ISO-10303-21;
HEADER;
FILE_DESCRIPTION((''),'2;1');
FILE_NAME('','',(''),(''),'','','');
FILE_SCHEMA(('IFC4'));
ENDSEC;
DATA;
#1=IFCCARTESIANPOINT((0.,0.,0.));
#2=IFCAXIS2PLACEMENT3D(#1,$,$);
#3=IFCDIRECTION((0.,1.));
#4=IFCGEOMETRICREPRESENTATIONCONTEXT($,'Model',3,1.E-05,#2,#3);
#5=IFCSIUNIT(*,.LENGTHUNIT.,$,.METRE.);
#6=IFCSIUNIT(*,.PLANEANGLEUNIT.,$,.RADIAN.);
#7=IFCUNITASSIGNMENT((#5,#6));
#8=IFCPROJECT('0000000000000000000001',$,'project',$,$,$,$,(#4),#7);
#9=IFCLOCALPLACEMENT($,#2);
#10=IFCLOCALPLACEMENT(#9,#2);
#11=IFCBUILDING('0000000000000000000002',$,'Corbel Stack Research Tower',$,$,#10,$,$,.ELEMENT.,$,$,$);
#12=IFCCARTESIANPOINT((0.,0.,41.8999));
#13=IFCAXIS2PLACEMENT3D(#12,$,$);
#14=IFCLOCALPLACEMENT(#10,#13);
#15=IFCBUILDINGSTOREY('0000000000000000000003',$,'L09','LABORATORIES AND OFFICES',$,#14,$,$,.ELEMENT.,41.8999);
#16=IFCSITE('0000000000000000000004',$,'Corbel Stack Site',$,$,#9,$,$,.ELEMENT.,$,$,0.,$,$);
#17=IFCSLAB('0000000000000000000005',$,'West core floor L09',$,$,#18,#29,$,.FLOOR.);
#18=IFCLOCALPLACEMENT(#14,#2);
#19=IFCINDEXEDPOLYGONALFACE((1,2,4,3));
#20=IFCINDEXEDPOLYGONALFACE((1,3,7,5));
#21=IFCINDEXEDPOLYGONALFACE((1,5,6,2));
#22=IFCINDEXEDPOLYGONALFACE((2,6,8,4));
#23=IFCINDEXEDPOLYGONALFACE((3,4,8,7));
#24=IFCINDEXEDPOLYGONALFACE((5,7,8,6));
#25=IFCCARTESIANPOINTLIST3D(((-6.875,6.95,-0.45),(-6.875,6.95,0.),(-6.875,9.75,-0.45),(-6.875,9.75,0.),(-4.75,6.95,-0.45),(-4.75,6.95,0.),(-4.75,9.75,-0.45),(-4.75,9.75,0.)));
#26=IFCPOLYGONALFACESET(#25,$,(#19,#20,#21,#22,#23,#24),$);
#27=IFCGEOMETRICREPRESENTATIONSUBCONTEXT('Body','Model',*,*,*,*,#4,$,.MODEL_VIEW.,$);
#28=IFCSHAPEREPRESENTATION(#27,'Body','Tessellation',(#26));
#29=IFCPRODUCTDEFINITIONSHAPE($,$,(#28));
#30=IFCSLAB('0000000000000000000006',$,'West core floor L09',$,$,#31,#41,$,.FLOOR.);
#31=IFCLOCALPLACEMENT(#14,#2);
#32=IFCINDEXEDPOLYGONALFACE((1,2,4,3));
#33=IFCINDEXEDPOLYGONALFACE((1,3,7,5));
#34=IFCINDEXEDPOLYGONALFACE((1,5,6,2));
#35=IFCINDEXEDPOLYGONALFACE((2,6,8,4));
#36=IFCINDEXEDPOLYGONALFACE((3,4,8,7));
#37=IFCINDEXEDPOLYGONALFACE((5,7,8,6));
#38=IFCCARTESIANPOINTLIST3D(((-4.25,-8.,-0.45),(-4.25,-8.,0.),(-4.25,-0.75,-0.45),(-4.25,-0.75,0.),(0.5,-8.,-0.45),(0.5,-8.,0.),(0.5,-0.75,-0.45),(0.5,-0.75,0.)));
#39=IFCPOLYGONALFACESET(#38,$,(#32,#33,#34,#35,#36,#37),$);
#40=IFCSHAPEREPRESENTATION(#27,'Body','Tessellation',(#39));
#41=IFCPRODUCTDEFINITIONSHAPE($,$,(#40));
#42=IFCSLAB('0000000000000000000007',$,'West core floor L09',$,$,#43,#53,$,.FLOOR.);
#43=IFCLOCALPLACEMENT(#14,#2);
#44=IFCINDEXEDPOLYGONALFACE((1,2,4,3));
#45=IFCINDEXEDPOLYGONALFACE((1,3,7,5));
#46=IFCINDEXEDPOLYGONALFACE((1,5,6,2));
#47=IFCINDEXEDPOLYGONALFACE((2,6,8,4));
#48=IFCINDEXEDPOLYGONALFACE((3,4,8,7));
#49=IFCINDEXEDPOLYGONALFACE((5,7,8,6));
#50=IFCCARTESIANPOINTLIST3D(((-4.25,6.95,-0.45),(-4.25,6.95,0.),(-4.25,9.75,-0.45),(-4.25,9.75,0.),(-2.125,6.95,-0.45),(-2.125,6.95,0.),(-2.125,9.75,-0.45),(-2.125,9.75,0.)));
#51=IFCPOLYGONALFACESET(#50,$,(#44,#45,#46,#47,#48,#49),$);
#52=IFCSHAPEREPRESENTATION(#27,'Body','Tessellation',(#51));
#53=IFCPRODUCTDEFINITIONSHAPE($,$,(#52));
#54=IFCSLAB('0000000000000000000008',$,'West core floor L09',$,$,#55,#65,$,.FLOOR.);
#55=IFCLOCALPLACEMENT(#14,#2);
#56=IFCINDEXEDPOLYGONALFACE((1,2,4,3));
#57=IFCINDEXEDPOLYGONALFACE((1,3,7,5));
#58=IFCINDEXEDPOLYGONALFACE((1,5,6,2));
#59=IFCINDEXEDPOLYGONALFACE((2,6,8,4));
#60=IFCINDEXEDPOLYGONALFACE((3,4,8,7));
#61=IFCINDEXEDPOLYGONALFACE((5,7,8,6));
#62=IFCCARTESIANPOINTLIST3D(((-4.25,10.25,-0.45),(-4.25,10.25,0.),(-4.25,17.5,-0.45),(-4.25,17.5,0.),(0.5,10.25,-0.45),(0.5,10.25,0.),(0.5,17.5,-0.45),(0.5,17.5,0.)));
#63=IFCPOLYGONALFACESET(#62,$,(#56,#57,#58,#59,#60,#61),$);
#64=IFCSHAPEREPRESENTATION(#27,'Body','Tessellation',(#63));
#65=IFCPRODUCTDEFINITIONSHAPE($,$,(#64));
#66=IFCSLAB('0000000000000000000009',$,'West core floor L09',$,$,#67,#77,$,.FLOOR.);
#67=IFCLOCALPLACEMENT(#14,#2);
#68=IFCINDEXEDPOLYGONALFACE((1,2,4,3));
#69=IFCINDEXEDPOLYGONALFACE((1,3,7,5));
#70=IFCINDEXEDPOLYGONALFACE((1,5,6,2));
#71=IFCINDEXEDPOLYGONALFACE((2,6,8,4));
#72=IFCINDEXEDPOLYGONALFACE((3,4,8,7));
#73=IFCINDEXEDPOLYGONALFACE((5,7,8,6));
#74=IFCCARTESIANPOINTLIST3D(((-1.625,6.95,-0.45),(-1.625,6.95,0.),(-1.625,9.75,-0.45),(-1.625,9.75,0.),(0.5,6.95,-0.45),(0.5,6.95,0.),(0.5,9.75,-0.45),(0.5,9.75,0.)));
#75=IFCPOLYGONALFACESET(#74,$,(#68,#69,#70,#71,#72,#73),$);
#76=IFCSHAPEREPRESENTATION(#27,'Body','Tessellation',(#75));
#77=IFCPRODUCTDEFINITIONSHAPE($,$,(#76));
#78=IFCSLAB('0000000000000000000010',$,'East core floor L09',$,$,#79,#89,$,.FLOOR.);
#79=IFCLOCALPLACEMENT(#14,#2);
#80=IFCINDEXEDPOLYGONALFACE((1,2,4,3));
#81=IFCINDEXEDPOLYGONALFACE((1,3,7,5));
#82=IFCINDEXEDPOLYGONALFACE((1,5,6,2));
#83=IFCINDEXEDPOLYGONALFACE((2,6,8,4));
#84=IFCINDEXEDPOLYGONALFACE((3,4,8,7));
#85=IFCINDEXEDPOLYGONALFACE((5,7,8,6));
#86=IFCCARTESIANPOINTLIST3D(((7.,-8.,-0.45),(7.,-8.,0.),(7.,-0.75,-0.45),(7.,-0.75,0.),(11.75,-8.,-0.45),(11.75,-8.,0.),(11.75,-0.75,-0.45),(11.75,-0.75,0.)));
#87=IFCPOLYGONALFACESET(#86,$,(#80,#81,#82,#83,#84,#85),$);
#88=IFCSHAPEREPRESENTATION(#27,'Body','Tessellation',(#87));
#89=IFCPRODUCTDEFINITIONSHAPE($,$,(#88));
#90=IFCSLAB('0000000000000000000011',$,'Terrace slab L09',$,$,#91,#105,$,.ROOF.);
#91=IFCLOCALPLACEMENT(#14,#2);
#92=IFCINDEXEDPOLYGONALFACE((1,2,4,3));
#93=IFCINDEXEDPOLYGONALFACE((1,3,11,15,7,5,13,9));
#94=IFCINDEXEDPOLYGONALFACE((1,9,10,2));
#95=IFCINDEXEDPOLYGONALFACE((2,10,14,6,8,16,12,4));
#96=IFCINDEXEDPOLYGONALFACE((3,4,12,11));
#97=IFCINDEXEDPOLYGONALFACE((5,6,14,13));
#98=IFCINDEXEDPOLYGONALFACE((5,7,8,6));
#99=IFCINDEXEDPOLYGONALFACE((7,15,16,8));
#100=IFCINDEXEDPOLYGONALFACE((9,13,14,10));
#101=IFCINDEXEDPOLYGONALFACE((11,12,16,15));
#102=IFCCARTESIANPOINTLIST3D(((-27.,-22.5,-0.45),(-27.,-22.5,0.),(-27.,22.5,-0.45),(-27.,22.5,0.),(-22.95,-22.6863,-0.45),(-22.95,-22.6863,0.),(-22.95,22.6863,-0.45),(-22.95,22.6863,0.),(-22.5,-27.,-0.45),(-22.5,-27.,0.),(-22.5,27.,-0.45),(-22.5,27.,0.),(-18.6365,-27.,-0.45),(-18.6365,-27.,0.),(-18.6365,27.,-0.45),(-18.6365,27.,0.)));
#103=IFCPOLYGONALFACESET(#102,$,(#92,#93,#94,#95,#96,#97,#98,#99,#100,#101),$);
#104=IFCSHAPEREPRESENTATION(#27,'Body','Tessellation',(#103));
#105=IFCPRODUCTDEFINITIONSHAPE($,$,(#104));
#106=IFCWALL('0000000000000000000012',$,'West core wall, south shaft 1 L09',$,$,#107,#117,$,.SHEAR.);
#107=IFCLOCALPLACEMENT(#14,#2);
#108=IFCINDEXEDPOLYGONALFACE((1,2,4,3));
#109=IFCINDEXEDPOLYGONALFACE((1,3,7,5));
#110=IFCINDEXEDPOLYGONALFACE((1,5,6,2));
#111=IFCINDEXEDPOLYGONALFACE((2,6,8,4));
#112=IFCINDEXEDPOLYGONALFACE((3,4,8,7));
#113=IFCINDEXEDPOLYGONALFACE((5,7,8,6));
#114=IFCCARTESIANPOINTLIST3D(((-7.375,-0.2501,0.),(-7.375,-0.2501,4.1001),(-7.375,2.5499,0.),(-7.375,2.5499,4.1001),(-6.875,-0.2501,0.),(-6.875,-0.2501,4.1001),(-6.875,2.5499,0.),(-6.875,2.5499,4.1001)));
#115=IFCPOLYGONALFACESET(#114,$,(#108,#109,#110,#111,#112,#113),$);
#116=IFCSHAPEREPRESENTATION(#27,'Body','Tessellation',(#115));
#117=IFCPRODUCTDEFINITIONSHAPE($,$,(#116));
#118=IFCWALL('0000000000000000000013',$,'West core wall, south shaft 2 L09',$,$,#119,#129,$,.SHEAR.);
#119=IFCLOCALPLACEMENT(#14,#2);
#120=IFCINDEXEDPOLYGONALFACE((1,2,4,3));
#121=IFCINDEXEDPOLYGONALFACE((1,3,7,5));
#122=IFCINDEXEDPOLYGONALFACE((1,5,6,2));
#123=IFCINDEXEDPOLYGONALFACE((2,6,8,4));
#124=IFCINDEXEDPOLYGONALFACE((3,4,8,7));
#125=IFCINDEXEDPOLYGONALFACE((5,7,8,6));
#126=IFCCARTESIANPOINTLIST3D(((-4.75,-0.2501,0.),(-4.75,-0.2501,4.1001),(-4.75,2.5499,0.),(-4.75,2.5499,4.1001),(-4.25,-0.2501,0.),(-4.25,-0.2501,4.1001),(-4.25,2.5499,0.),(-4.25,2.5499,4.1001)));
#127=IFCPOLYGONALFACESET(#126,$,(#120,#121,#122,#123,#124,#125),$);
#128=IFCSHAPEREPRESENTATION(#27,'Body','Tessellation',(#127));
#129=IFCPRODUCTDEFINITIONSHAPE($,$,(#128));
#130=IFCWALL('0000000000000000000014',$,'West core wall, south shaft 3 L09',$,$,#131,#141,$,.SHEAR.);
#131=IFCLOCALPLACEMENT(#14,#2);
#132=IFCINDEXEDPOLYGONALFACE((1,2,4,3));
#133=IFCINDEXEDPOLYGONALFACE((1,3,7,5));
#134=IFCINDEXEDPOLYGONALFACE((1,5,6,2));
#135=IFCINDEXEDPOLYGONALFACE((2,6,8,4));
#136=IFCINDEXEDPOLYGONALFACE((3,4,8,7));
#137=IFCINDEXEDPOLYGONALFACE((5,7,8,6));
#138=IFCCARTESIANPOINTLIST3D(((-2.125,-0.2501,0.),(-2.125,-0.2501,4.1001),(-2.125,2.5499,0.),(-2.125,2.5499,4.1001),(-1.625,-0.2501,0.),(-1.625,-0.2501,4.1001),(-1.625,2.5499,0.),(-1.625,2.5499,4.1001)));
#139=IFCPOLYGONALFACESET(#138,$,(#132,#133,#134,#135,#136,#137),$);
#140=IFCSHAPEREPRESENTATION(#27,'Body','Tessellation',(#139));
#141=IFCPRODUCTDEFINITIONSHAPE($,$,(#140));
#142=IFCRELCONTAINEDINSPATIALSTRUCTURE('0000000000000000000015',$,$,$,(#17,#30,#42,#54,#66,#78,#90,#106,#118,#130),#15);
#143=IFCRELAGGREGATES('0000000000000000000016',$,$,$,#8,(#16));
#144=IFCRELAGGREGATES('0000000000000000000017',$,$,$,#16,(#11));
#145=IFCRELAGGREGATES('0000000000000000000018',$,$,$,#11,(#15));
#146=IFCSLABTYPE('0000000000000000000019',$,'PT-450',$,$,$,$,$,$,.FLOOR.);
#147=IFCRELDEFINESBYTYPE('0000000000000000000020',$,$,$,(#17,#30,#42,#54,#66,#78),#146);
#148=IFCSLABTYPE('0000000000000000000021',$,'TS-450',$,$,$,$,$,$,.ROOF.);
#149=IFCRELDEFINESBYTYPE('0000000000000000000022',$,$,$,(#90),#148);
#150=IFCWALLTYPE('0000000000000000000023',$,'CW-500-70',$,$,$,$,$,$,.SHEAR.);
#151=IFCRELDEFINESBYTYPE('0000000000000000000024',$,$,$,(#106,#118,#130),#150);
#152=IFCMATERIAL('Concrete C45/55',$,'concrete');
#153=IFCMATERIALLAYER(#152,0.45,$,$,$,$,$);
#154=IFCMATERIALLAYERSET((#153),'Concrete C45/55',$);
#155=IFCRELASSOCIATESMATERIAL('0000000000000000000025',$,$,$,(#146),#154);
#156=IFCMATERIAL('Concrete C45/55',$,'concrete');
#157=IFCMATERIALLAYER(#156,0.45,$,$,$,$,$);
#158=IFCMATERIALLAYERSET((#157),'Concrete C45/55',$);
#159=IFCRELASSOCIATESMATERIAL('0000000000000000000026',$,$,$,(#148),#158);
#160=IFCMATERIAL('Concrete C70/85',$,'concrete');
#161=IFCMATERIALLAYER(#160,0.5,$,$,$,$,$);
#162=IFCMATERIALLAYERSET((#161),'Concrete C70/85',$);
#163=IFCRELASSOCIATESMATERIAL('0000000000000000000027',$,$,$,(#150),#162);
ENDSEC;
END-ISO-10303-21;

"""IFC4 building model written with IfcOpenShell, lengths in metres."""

from ifc_helpers import new_model, si_unit, direction, frame, frame_2d, origin, place, context, subcontext, project, spatial, polyline, rectangle, outline, extrude, material, layer, layer_set, type_object, element, save


model = new_model("IFC4")

# Units and contexts
model_context = context("Model", 3, precision=1e-05, world=origin(), true_north=direction((0.0, 1.0)))
body_context = subcontext(model_context, "Body", "Model", "MODEL_VIEW")
ifc_project = project(units=[si_unit("LENGTHUNIT", "METRE"), si_unit("PLANEANGLEUNIT", "RADIAN")], contexts=[model_context])

# Site, building, storey
site_placement = place(None, origin())
site = spatial("IfcSite", under=ifc_project, at=site_placement, Name="Corbel Stack Site", CompositionType="ELEMENT", RefElevation=0.0)
building_placement = place(site_placement, origin())
building = spatial("IfcBuilding", under=site, at=building_placement, Name="Corbel Stack Research Tower", CompositionType="ELEMENT")
storey_placement = place(building_placement, frame((0.0, 0.0, 41.8999)))
storey = spatial("IfcBuildingStorey", under=building, at=storey_placement, Name="L09", Description="LABORATORIES AND OFFICES", CompositionType="ELEMENT", Elevation=41.8999)

# Slabs
ifc_material_1 = material(Name="Concrete C45/55", Category="concrete")
ifc_layer_1 = layer(ifc_material_1, 0.45)
ifc_layer_set_1 = layer_set([ifc_layer_1], Name="Concrete C45/55")
slab_type_1 = type_object("IfcSlabType", Name="PT-450", PredefinedType="FLOOR", material=ifc_layer_set_1)
slab_1_placement = place(storey_placement, frame((0.0, 0.0, -0.45)))
element("IfcSlab", 1, at=slab_1_placement, inside=storey, type_object=slab_type_1, Name="West core floor L09", PredefinedType="FLOOR", context=body_context, shape_type="SweptSolid", body=[
    extrude(outline(polyline([(-6.875, 6.95), (-4.75, 6.95), (-4.75, 9.75), (-6.875, 9.75), (-6.875, 6.95)])), origin(), (0.0, 0.0, 1.0), 0.45),
])
slab_2_placement = place(storey_placement, frame((0.0, 0.0, -0.45)))
element("IfcSlab", 2, at=slab_2_placement, inside=storey, type_object=slab_type_1, Name="West core floor L09", PredefinedType="FLOOR", context=body_context, shape_type="SweptSolid", body=[
    extrude(outline(polyline([(-4.25, -0.75), (-4.25, -8.0), (0.5, -8.0), (0.5, -0.75), (-4.25, -0.75)])), origin(), (0.0, 0.0, 1.0), 0.45),
])
slab_3_placement = place(storey_placement, frame((0.0, 0.0, -0.45)))
element("IfcSlab", 3, at=slab_3_placement, inside=storey, type_object=slab_type_1, Name="West core floor L09", PredefinedType="FLOOR", context=body_context, shape_type="SweptSolid", body=[
    extrude(outline(polyline([(-2.125, 6.95), (-2.125, 9.75), (-4.25, 9.75), (-4.25, 6.95), (-2.125, 6.95)])), origin(), (0.0, 0.0, 1.0), 0.45),
])
slab_4_placement = place(storey_placement, frame((0.0, 0.0, -0.45)))
element("IfcSlab", 4, at=slab_4_placement, inside=storey, type_object=slab_type_1, Name="West core floor L09", PredefinedType="FLOOR", context=body_context, shape_type="SweptSolid", body=[
    extrude(outline(polyline([(-4.25, 17.5), (-4.25, 10.25), (0.5, 10.25), (0.5, 17.5), (-4.25, 17.5)])), origin(), (0.0, 0.0, 1.0), 0.45),
])
slab_5_placement = place(storey_placement, frame((0.0, 0.0, -0.45)))
element("IfcSlab", 5, at=slab_5_placement, inside=storey, type_object=slab_type_1, Name="West core floor L09", PredefinedType="FLOOR", context=body_context, shape_type="SweptSolid", body=[
    extrude(outline(polyline([(0.5, 6.95), (0.5, 9.75), (-1.625, 9.75), (-1.625, 6.95), (0.5, 6.95)])), origin(), (0.0, 0.0, 1.0), 0.45),
])
slab_6_placement = place(storey_placement, frame((0.0, 0.0, -0.45)))
element("IfcSlab", 6, at=slab_6_placement, inside=storey, type_object=slab_type_1, Name="East core floor L09", PredefinedType="FLOOR", context=body_context, shape_type="SweptSolid", body=[
    extrude(outline(polyline([(7.0, -0.75), (7.0, -8.0), (11.75, -8.0), (11.75, -0.75), (7.0, -0.75)])), origin(), (0.0, 0.0, 1.0), 0.45),
])
ifc_material_2 = material(Name="Concrete C45/55", Category="concrete")
ifc_layer_2 = layer(ifc_material_2, 0.45)
ifc_layer_set_2 = layer_set([ifc_layer_2], Name="Concrete C45/55")
slab_type_2 = type_object("IfcSlabType", Name="TS-450", PredefinedType="ROOF", material=ifc_layer_set_2)
slab_7_placement = place(storey_placement, frame((0.0, 0.0, -0.45)))
element("IfcSlab", 7, at=slab_7_placement, inside=storey, type_object=slab_type_2, Name="Terrace slab L09", PredefinedType="ROOF", context=body_context, shape_type="SweptSolid", body=[
    extrude(outline(polyline([(-18.6365, -27.0), (-22.95, -22.6863), (-22.95, 22.6863), (-18.6365, 27.0), (-22.5, 27.0), (-27.0, 22.5), (-27.0, -22.5), (-22.5, -27.0), (-18.6365, -27.0)])), origin(), (0.0, 0.0, 1.0), 0.45),
])

# Walls
ifc_material_3 = material(Name="Concrete C70/85", Category="concrete")
ifc_layer_3 = layer(ifc_material_3, 0.5)
ifc_layer_set_3 = layer_set([ifc_layer_3], Name="Concrete C70/85")
wall_type = type_object("IfcWallType", Name="CW-500-70", PredefinedType="SHEAR", material=ifc_layer_set_3)
for number, where, z_axis, x_axis, name in (
    (8, (-7.125, -0.25, 0.0), (0.0, 0.0, 1.0), (0.0, 1.0, 0.0), "West core wall, south shaft 1 L09"),
    (9, (-4.5, -0.25, 0.0), (0.0, 0.0, 1.0), (0.0, 1.0, 0.0), "West core wall, south shaft 2 L09"),
    (10, (-1.875, -0.25, 0.0), (0.0, 0.0, 1.0), (0.0, 1.0, 0.0), "West core wall, south shaft 3 L09"),
):
    element("IfcWall", number, at=place(storey_placement, frame(where, z_axis=z_axis, x_axis=x_axis)), inside=storey, type_object=wall_type, Name=name, PredefinedType="SHEAR", context=body_context, shape_type="SweptSolid", body=[
        extrude(rectangle(XDim=2.8, YDim=0.5, at=frame_2d((1.3999, 0.0))), origin(), (0.0, 0.0, 1.0), 4.1001),
    ])

save(model, "model.ifc")
